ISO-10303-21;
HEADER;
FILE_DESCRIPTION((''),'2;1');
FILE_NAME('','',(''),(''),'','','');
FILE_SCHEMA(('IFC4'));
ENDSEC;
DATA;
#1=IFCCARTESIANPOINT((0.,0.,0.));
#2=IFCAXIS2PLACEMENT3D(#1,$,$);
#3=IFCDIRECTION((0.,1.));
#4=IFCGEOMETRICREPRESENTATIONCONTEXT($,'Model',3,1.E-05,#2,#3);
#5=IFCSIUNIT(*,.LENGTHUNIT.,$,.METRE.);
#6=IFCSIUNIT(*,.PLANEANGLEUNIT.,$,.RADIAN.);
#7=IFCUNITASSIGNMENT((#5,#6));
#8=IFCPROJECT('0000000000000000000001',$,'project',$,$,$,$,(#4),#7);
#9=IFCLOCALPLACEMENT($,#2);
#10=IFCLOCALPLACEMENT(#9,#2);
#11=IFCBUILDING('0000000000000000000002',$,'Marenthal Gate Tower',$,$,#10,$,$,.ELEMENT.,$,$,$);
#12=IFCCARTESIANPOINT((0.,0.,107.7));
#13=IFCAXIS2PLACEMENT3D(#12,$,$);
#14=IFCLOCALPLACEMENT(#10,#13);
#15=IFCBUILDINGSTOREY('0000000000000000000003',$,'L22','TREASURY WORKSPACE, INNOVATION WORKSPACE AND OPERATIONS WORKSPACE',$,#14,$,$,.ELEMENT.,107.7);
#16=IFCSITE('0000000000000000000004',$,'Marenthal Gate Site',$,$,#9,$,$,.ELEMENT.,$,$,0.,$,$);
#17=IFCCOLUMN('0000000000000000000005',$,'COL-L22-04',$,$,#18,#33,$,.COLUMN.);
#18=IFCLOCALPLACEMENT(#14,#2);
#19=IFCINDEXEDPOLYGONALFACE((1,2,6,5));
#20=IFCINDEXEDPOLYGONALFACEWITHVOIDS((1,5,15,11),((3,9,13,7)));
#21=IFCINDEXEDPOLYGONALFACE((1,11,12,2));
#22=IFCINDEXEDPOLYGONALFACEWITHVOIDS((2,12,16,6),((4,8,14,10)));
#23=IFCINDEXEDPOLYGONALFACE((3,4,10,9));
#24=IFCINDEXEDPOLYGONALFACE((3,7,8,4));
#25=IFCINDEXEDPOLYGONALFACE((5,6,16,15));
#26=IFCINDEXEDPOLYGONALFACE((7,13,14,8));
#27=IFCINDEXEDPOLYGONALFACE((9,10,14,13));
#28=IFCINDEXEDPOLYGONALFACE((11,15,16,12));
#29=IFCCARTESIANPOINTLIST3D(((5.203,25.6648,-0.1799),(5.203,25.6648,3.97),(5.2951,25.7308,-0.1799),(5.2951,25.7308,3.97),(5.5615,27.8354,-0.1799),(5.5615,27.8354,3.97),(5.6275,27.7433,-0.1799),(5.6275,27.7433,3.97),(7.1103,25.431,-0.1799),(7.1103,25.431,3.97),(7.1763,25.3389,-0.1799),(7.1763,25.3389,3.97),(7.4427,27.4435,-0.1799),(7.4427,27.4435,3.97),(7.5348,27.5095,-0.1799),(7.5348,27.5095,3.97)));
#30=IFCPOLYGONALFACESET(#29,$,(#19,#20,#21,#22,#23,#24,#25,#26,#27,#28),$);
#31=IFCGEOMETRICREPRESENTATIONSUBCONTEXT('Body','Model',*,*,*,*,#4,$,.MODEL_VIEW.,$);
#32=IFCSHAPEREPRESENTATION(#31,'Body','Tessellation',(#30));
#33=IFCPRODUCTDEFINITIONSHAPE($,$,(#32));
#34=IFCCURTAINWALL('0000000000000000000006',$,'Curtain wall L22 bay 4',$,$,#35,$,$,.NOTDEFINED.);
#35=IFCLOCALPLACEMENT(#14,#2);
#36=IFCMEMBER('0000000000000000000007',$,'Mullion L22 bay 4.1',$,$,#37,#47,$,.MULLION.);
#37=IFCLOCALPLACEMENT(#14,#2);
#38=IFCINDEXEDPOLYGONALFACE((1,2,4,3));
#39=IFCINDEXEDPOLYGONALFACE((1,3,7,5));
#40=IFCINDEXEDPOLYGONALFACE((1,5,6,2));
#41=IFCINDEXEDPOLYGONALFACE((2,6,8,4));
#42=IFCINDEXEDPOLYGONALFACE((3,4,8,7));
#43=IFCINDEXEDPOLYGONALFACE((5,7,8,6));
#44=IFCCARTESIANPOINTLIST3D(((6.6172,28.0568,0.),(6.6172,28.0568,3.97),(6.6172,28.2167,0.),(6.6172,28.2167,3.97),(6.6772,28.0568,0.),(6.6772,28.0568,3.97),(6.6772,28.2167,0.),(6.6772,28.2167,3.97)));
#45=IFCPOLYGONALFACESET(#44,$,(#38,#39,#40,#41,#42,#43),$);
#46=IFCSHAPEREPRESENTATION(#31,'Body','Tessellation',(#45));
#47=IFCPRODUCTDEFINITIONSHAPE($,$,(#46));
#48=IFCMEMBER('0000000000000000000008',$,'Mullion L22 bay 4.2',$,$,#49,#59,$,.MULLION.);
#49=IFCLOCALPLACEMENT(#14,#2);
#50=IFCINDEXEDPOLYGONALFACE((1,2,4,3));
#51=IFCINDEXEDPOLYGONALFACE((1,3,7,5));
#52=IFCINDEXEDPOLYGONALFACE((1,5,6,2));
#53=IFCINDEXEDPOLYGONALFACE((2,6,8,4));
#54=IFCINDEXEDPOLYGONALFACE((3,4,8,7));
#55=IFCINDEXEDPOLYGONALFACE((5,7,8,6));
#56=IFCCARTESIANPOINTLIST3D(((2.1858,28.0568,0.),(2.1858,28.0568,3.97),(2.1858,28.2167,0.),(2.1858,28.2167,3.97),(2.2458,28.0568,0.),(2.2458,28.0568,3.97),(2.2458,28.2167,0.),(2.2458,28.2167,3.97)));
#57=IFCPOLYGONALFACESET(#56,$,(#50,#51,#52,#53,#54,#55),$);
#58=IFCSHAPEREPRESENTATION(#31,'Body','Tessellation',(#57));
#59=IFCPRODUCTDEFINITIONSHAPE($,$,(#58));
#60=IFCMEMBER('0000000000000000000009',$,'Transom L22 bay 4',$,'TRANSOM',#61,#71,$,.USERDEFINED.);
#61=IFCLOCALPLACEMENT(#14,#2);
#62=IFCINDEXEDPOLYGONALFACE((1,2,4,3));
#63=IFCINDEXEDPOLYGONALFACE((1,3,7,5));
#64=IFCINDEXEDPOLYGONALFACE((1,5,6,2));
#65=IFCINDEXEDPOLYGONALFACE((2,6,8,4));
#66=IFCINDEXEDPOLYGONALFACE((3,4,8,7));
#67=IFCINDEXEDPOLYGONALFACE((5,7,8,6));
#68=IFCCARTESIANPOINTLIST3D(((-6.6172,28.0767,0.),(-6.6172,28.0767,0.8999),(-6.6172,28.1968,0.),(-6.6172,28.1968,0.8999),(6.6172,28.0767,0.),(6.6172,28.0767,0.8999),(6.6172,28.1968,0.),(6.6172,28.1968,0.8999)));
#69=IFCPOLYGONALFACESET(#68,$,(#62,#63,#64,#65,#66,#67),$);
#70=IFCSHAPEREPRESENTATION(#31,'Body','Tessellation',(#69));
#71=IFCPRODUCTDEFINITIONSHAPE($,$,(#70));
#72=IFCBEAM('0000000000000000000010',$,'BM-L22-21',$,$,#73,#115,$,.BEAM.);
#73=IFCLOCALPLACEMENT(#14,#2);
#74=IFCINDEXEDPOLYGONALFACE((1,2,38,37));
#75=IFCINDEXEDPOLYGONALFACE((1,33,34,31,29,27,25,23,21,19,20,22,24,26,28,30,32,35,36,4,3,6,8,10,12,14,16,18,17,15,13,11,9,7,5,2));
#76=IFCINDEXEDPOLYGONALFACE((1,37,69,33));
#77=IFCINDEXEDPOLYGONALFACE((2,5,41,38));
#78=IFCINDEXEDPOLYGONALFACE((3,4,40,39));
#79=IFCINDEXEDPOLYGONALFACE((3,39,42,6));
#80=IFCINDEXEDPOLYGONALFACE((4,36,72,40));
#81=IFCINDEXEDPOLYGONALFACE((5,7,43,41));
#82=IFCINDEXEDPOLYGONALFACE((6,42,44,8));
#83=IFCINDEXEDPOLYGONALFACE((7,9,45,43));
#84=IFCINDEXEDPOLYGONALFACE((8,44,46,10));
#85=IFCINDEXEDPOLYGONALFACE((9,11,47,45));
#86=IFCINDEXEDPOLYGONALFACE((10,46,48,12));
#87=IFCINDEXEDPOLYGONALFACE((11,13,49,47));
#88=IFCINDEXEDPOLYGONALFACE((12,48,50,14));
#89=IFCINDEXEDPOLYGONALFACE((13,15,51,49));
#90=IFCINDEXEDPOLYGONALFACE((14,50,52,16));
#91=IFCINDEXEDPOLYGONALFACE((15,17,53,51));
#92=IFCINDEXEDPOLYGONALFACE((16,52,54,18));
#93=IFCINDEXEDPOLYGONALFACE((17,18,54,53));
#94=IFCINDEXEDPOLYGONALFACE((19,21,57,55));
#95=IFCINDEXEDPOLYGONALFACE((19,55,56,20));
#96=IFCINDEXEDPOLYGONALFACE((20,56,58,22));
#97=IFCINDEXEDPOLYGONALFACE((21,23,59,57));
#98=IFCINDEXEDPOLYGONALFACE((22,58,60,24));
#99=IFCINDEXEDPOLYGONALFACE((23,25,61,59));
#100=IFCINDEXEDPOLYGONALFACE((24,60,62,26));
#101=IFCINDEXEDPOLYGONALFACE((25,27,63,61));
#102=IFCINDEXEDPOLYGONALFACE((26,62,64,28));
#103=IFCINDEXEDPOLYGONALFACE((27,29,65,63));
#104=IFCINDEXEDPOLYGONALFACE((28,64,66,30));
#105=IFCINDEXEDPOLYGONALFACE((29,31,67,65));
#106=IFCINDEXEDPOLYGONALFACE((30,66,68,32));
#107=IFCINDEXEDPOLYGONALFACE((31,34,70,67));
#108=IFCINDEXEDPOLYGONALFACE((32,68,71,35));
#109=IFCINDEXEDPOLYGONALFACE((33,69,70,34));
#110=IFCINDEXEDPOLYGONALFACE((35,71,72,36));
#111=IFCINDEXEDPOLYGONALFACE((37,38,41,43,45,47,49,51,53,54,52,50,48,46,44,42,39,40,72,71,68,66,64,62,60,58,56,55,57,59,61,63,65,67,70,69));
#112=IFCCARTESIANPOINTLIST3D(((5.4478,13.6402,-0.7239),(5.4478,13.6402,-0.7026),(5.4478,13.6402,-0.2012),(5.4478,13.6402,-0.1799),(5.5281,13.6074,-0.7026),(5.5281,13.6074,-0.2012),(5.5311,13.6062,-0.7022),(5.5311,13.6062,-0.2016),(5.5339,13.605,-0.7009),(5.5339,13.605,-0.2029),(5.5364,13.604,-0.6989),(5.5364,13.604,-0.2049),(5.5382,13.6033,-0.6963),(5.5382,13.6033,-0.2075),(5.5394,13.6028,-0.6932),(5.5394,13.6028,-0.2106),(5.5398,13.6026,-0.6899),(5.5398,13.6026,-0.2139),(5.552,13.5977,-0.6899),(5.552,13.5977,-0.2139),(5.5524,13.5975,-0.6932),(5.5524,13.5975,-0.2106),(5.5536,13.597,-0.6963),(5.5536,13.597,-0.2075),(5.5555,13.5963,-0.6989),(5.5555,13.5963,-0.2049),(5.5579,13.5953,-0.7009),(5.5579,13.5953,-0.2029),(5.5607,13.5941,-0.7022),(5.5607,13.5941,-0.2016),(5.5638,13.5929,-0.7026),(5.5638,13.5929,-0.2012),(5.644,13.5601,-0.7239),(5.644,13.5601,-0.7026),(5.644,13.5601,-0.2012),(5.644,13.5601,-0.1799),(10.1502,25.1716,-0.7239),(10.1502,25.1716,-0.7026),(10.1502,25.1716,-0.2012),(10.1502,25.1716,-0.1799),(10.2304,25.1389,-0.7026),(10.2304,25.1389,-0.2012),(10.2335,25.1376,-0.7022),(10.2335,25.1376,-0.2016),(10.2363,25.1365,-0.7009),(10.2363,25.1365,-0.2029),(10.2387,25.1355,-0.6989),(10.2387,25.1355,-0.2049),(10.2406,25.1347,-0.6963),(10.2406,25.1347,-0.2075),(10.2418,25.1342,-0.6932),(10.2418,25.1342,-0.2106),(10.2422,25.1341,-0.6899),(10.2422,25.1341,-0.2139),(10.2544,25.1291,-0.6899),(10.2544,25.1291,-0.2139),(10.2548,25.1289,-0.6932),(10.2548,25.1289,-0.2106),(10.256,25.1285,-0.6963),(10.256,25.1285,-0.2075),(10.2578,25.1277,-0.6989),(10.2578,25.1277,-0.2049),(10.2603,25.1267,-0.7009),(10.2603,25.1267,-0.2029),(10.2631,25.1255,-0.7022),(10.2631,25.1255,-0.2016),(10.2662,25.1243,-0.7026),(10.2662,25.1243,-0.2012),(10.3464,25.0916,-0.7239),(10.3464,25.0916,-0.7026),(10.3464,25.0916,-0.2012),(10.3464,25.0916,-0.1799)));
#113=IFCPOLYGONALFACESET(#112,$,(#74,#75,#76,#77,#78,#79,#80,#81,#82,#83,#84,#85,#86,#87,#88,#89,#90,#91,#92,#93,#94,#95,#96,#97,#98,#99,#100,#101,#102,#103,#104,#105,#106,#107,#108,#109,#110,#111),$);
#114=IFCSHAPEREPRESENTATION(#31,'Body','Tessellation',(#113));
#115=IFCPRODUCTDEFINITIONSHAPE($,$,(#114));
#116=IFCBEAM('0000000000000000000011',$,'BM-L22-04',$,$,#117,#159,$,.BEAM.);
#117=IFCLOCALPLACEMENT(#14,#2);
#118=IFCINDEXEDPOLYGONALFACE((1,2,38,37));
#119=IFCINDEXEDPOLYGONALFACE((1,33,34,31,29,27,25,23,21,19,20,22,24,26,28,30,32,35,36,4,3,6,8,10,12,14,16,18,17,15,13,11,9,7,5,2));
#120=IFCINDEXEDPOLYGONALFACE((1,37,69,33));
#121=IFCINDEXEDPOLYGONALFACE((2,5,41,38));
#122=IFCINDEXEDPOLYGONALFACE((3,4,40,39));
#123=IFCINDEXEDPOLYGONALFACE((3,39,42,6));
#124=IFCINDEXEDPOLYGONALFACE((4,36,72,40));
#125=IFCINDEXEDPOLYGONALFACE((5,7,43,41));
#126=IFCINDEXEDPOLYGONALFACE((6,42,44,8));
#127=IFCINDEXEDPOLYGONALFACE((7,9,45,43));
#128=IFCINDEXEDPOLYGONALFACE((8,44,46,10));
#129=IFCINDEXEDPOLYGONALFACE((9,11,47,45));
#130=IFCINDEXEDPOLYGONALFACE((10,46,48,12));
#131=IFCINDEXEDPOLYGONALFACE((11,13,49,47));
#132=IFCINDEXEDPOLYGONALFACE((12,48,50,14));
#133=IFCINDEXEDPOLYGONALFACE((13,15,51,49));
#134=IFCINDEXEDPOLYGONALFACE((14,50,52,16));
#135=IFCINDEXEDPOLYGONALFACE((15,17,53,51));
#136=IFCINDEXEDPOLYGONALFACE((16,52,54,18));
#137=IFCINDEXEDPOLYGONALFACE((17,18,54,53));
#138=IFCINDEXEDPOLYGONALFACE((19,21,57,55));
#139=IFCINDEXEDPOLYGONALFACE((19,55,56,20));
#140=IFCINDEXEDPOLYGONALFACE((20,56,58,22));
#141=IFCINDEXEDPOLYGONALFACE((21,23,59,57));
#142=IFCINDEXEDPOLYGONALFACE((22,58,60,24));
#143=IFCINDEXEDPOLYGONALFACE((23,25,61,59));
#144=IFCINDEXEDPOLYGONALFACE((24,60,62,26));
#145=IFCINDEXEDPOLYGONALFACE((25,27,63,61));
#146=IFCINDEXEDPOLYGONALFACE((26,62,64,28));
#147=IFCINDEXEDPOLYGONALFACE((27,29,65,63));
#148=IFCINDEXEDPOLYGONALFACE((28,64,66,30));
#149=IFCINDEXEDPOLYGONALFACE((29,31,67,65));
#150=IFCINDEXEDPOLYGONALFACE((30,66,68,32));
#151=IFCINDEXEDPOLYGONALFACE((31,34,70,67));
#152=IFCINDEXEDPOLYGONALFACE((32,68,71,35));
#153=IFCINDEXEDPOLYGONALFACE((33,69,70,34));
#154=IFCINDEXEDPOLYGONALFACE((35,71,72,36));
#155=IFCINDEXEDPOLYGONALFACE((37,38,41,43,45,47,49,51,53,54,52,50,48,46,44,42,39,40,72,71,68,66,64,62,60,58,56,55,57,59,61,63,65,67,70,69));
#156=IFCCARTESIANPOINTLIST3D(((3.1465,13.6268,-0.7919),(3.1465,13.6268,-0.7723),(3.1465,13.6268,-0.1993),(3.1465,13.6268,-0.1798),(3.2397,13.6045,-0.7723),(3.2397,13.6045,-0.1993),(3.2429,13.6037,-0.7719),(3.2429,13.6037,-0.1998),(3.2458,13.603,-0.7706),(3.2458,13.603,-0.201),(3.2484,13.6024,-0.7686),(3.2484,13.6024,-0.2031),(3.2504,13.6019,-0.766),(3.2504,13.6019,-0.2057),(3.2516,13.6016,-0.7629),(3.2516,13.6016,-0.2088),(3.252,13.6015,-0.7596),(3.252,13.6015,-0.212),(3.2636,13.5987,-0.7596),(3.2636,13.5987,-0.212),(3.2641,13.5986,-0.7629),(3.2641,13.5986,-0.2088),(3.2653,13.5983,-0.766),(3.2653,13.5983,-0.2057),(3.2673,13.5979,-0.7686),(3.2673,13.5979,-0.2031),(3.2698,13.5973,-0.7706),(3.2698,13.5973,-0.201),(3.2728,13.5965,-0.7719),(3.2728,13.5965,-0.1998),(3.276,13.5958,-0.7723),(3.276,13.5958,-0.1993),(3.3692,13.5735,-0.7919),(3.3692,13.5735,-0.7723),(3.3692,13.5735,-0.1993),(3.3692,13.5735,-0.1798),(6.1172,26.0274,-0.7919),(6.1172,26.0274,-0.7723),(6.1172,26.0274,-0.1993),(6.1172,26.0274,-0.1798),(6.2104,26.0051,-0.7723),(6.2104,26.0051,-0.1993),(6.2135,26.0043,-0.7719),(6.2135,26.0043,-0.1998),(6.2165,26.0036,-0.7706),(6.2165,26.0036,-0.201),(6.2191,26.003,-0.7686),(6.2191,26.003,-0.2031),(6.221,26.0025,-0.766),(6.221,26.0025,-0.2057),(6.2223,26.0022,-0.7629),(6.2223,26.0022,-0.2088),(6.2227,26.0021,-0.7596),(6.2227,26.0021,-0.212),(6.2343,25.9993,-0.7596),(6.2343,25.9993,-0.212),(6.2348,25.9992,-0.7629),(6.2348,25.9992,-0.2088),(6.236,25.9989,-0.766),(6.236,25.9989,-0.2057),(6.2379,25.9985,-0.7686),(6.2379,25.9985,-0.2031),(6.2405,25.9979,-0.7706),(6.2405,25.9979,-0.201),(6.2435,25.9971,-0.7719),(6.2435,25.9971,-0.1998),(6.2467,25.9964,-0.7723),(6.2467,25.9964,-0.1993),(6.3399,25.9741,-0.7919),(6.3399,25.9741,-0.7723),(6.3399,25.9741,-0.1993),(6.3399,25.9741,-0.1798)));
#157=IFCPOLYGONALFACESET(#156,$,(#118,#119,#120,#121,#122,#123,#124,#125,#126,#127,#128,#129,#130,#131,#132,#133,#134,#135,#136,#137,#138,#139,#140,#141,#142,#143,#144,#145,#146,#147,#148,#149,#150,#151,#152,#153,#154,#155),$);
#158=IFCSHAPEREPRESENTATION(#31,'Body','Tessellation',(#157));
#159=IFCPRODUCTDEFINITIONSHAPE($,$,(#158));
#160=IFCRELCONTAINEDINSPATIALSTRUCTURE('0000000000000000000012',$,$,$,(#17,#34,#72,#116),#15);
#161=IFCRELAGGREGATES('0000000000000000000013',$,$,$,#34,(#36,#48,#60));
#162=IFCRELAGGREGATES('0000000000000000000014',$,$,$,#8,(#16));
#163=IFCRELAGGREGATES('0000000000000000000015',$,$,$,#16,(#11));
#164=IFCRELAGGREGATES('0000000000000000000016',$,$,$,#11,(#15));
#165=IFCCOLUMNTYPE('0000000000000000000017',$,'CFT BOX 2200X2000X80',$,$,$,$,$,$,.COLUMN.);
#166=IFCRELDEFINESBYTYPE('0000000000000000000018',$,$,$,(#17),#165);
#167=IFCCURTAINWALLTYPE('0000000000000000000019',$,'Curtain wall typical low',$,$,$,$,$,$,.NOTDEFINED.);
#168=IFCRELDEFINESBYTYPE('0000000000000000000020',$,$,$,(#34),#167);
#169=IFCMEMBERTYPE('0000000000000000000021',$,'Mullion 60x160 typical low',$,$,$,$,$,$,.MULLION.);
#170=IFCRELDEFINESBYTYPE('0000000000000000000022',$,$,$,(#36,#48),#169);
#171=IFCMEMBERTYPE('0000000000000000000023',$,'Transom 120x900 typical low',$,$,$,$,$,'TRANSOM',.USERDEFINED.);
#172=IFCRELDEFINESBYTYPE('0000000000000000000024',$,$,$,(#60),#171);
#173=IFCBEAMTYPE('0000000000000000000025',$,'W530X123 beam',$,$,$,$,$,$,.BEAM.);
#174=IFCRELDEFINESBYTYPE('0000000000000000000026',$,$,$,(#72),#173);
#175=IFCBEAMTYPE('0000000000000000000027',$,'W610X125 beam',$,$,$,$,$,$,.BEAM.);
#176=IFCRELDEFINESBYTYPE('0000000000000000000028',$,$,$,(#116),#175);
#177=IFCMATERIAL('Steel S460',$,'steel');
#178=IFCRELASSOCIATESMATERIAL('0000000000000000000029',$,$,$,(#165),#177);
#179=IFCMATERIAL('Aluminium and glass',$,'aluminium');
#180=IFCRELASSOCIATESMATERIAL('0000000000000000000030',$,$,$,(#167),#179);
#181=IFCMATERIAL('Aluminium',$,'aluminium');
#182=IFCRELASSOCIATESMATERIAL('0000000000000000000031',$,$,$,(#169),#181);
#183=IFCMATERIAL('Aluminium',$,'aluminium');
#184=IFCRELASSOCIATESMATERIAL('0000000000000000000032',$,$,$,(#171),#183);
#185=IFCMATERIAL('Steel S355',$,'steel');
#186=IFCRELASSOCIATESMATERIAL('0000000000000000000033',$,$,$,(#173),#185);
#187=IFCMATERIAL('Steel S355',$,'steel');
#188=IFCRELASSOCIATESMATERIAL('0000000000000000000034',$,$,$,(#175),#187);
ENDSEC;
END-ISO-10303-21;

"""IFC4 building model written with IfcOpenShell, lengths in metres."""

from ifc_helpers import new_model, si_unit, direction, frame, origin, origin_2d, place, context, subcontext, project, spatial, rectangle, hollow_rectangle, i_section, extrude, material, material_profile, profile_set, type_object, element, aggregate, save


model = new_model("IFC4")

# Units and contexts
model_context = context("Model", 3, precision=1e-05, world=origin(), true_north=direction((0.0, 1.0)))
body_context = subcontext(model_context, "Body", "Model", "MODEL_VIEW")
ifc_project = project(units=[si_unit("LENGTHUNIT", "METRE"), si_unit("PLANEANGLEUNIT", "RADIAN")], contexts=[model_context])

# Site, building, storey
site_placement = place(None, origin())
site = spatial("IfcSite", under=ifc_project, at=site_placement, Name="Marenthal Gate Site", CompositionType="ELEMENT", RefElevation=0.0)
building_placement = place(site_placement, origin())
building = spatial("IfcBuilding", under=site, at=building_placement, Name="Marenthal Gate Tower", CompositionType="ELEMENT")
storey_placement = place(building_placement, frame((0.0, 0.0, 107.7)))
storey = spatial("IfcBuildingStorey", under=building, at=storey_placement, Name="L22", Description="TREASURY WORKSPACE, INNOVATION WORKSPACE AND OPERATIONS WORKSPACE", CompositionType="ELEMENT", Elevation=107.7)

# Column
ifc_material_1 = material(Name="Steel S460", Category="steel")
ifc_material_profile_1 = material_profile(ifc_material_1, hollow_rectangle(XDim=2.0, YDim=2.2, WallThickness=0.0801, at=origin_2d()), Name="CFT BOX 2200X2000X80")
ifc_material_2 = material(Name="Concrete 70 MPa", Category="concrete")
ifc_material_profile_2 = material_profile(ifc_material_2, rectangle(XDim=1.8401, YDim=2.04, at=origin_2d()), Name="CFT BOX 2200X2000X80 INFILL")
ifc_profile_set_1 = profile_set([ifc_material_profile_1, ifc_material_profile_2], Name="Steel S460 shell, Concrete 70 MPa infill")
column_type = type_object("IfcColumnType", Name="CFT BOX 2200X2000X80", PredefinedType="COLUMN", material=ifc_profile_set_1)
column_placement = place(storey_placement, frame((6.3689, 26.5872, -0.1799), z_axis=(0.0, 0.0, 1.0), x_axis=(0.986633, -0.162961, 0.0)))
element("IfcColumn", 1, at=column_placement, inside=storey, type_object=column_type, Name="COL-L22-04", PredefinedType="COLUMN", context=body_context, shape_type="SweptSolid", body=[
    extrude(hollow_rectangle(XDim=2.0, YDim=2.2, WallThickness=0.0801, at=origin_2d()), origin(), (0.0, 0.0, 1.0), 4.1499),
])

# Curtain wall, members
ifc_material_3 = material(Name="Aluminium and glass", Category="aluminium")
curtain_wall_type = type_object("IfcCurtainWallType", Name="Curtain wall typical low", PredefinedType="NOTDEFINED", material=ifc_material_3)
curtain_wall_placement = place(storey_placement, origin())
curtain_wall = element("IfcCurtainWall", 2, at=curtain_wall_placement, inside=storey, type_object=curtain_wall_type, Name="Curtain wall L22 bay 4", PredefinedType="NOTDEFINED")
ifc_material_4 = material(Name="Aluminium", Category="aluminium")
ifc_material_profile_3 = material_profile(ifc_material_4, rectangle(XDim=0.1599, YDim=0.0601, at=origin_2d()), Name="60x160 aluminium mullion")
ifc_profile_set_2 = profile_set([ifc_material_profile_3], Name="Aluminium")
member_type_1 = type_object("IfcMemberType", Name="Mullion 60x160 typical low", PredefinedType="MULLION", material=ifc_profile_set_2)
member_1_placement = place(storey_placement, frame((6.6472, 28.1367, 0.0), z_axis=(0.0, 0.0, 1.0), x_axis=(0.0, -1.0, 0.0)))
member_1 = element("IfcMember", 3, at=member_1_placement, type_object=member_type_1, Name="Mullion L22 bay 4.1", PredefinedType="MULLION", context=body_context, shape_type="SweptSolid", body=[
    extrude(rectangle(XDim=0.1599, YDim=0.0601, at=origin_2d()), origin(), (0.0, 0.0, 1.0), 3.97),
])
member_2_placement = place(storey_placement, frame((2.2158, 28.1367, 0.0), z_axis=(0.0, 0.0, 1.0), x_axis=(0.0, -1.0, 0.0)))
member_2 = element("IfcMember", 4, at=member_2_placement, type_object=member_type_1, Name="Mullion L22 bay 4.2", PredefinedType="MULLION", context=body_context, shape_type="SweptSolid", body=[
    extrude(rectangle(XDim=0.1599, YDim=0.0601, at=origin_2d()), origin(), (0.0, 0.0, 1.0), 3.97),
])
ifc_material_5 = material(Name="Aluminium", Category="aluminium")
ifc_material_profile_4 = material_profile(ifc_material_5, rectangle(XDim=0.1201, YDim=0.8999, at=origin_2d()), Name="120x900 aluminium transom")
ifc_profile_set_3 = profile_set([ifc_material_profile_4], Name="Aluminium")
member_type_2 = type_object("IfcMemberType", Name="Transom 120x900 typical low", ElementType="TRANSOM", PredefinedType="USERDEFINED", material=ifc_profile_set_3)
member_3_placement = place(storey_placement, frame((6.6172, 28.1367, 0.45), z_axis=(-1.0, 0.0, 0.0), x_axis=(0.0, -1.0, 0.0)))
member_3 = element("IfcMember", 5, at=member_3_placement, type_object=member_type_2, Name="Transom L22 bay 4", ObjectType="TRANSOM", PredefinedType="USERDEFINED", context=body_context, shape_type="SweptSolid", body=[
    extrude(rectangle(XDim=0.1201, YDim=0.8999, at=origin_2d()), origin(), (0.0, 0.0, 1.0), 13.2344),
])

# Beams
ifc_material_6 = material(Name="Steel S355", Category="steel")
ifc_material_profile_5 = material_profile(ifc_material_6, i_section(OverallWidth=0.2119, OverallDepth=0.5439, WebThickness=0.0132, FlangeThickness=0.0212, FilletRadius=0.0127, at=origin_2d()), Name="W530X123")
ifc_profile_set_4 = profile_set([ifc_material_profile_5], Name="Steel S355")
beam_type_1 = type_object("IfcBeamType", Name="W530X123 beam", PredefinedType="BEAM", material=ifc_profile_set_4)
beam_1_placement = place(storey_placement, frame((10.2483, 25.1316, -0.4519), z_axis=(-0.377598, -0.92597, 0.0), x_axis=(0.92597, -0.377598, 0.0)))
element("IfcBeam", 6, at=beam_1_placement, inside=storey, type_object=beam_type_1, Name="BM-L22-21", PredefinedType="BEAM", context=body_context, shape_type="SweptSolid", body=[
    extrude(i_section(OverallWidth=0.2119, OverallDepth=0.5439, WebThickness=0.0132, FlangeThickness=0.0212, FilletRadius=0.0127, at=origin_2d()), origin(), (0.0, 0.0, 1.0), 12.4534),
])
ifc_material_7 = material(Name="Steel S355", Category="steel")
ifc_material_profile_6 = material_profile(ifc_material_7, i_section(OverallWidth=0.229, OverallDepth=0.6121, WebThickness=0.012, FlangeThickness=0.0195, FilletRadius=0.0127, at=origin_2d()), Name="W610X125")
ifc_profile_set_5 = profile_set([ifc_material_profile_6], Name="Steel S355")
beam_type_2 = type_object("IfcBeamType", Name="W610X125 beam", PredefinedType="BEAM", material=ifc_profile_set_5)
beam_2_placement = place(storey_placement, frame((6.2285, 26.0007, -0.4858), z_axis=(-0.232969, -0.972484, 0.0), x_axis=(0.972484, -0.232969, 0.0)))
element("IfcBeam", 7, at=beam_2_placement, inside=storey, type_object=beam_type_2, Name="BM-L22-04", PredefinedType="BEAM", context=body_context, shape_type="SweptSolid", body=[
    extrude(i_section(OverallWidth=0.229, OverallDepth=0.6121, WebThickness=0.012, FlangeThickness=0.0195, FilletRadius=0.0127, at=origin_2d()), origin(), (0.0, 0.0, 1.0), 12.7515),
])

aggregate(curtain_wall, [member_1, member_2, member_3])

save(model, "model.ifc")
